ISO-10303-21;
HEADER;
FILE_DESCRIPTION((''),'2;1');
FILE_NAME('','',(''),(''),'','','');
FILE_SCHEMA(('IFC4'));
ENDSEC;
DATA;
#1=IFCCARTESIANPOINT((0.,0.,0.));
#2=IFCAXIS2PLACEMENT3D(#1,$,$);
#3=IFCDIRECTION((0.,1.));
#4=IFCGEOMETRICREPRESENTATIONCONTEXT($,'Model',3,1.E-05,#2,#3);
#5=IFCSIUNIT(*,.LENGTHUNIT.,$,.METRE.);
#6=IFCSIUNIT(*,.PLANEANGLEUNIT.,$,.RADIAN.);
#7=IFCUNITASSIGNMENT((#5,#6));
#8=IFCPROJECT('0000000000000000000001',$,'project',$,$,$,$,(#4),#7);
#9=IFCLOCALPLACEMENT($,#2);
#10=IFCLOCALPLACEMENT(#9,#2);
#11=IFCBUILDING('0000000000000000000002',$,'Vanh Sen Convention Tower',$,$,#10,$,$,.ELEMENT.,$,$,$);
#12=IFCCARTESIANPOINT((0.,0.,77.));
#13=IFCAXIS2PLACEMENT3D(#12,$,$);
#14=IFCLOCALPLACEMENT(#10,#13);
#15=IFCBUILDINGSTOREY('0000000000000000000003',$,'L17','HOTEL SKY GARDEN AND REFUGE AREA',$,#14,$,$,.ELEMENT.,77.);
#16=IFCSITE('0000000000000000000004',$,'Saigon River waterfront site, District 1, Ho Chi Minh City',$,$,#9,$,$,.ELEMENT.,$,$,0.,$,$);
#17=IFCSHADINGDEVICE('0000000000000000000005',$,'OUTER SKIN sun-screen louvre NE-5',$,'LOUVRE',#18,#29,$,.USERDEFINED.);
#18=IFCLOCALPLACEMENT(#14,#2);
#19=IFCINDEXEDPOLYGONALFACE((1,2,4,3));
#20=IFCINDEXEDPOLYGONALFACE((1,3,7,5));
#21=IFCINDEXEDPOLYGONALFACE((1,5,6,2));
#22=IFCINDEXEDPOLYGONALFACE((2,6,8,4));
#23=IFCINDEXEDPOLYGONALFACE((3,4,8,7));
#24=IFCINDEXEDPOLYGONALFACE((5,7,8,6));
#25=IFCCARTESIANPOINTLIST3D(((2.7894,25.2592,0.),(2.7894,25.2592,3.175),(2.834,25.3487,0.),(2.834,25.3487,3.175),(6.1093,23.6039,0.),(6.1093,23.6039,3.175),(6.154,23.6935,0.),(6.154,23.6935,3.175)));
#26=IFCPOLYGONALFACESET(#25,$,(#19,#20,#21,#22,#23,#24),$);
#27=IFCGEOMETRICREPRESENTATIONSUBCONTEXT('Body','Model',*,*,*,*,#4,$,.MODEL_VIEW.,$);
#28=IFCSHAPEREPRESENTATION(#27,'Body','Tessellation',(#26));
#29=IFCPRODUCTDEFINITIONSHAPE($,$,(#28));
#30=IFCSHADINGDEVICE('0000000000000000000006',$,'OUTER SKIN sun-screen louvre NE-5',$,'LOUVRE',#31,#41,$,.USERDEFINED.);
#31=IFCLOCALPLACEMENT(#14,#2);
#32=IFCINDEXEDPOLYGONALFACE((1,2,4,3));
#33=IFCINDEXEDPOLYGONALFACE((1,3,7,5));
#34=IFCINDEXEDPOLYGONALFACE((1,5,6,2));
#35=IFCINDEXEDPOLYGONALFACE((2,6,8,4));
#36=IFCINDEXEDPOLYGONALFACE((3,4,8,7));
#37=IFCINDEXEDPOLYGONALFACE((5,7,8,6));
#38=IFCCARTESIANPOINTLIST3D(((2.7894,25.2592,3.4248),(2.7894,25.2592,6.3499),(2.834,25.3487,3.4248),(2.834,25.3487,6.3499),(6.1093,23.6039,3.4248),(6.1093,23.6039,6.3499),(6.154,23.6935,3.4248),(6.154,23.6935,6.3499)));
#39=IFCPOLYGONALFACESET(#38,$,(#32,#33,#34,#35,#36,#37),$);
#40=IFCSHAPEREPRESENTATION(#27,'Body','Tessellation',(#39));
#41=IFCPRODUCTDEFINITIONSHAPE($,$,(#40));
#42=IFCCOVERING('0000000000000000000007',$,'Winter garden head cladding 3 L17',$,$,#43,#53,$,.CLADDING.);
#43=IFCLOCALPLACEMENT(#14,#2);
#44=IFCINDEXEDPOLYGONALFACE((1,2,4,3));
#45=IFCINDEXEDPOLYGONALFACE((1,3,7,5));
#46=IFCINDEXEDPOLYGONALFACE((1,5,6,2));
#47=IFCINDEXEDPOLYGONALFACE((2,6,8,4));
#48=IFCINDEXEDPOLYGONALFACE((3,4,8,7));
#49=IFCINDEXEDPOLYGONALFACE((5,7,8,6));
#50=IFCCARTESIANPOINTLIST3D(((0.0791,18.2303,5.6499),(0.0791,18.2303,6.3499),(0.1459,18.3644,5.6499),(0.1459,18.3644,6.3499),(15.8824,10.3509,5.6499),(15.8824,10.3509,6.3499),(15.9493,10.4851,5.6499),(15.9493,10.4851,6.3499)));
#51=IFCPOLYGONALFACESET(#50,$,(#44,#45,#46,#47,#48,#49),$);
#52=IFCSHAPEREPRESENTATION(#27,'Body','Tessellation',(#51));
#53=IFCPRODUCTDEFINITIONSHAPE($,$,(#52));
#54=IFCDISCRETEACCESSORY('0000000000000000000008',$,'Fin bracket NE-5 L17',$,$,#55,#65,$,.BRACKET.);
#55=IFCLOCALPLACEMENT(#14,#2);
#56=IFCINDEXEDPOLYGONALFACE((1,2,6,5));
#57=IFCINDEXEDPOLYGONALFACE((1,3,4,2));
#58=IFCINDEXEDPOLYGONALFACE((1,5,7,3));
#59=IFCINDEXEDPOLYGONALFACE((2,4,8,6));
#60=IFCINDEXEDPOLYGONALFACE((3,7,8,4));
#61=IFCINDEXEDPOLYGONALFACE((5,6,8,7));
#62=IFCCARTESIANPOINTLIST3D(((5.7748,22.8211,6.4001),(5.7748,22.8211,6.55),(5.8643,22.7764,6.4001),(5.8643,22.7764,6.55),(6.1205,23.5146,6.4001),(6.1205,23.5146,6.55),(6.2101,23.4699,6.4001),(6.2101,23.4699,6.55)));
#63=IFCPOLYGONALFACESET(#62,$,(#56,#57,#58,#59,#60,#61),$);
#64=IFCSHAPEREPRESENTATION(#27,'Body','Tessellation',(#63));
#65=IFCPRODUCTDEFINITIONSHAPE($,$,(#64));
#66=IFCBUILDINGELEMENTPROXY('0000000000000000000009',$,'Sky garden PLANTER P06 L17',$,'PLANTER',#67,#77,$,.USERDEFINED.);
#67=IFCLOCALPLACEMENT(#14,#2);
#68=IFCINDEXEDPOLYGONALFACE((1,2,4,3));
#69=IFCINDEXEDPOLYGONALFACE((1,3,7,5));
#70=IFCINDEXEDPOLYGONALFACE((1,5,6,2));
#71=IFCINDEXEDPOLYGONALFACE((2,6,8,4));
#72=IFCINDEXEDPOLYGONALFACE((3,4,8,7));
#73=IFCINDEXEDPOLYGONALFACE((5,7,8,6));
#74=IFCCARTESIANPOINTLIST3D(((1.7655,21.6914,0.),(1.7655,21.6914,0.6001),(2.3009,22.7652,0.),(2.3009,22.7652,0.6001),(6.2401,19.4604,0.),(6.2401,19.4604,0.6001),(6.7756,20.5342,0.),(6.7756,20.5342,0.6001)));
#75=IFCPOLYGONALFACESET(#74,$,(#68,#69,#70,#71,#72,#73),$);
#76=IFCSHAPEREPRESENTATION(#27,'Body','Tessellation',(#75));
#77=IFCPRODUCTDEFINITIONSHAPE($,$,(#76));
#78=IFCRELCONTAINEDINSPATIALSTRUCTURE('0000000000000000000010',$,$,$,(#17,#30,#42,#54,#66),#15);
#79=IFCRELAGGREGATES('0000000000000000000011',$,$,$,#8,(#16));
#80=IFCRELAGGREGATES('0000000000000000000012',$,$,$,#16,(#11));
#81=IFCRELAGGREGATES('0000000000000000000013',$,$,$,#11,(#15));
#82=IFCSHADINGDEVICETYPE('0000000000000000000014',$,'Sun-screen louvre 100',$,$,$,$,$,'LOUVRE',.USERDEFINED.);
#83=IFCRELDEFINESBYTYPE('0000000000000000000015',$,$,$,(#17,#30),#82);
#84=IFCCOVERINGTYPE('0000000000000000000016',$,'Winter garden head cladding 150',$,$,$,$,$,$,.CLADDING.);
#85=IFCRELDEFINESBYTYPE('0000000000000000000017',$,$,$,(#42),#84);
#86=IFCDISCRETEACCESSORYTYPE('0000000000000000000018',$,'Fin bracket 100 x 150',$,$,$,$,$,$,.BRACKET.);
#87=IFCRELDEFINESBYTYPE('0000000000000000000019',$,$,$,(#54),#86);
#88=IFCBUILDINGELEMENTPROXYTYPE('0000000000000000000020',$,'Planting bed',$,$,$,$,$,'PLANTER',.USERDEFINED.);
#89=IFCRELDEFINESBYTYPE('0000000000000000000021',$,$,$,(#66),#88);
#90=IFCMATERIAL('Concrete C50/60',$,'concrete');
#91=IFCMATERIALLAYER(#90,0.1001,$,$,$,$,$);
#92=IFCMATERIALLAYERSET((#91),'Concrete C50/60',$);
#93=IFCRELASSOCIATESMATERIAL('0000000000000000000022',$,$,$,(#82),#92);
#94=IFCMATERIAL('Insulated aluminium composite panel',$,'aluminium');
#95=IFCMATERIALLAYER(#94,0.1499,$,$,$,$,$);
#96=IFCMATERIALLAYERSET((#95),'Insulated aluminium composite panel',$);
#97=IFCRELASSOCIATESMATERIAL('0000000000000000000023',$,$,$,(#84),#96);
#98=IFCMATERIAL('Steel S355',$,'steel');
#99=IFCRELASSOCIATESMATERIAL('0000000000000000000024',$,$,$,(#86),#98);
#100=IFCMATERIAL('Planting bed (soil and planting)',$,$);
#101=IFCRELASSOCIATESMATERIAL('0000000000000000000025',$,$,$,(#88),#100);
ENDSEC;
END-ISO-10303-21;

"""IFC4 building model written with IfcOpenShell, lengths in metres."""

from ifc_helpers import new_model, si_unit, direction, frame, origin, origin_2d, place, context, subcontext, project, spatial, rectangle, extrude, material, layer, layer_set, type_object, element, save


model = new_model("IFC4")

# Units and contexts
model_context = context("Model", 3, precision=1e-05, world=origin(), true_north=direction((0.0, 1.0)))
body_context = subcontext(model_context, "Body", "Model", "MODEL_VIEW")
ifc_project = project(units=[si_unit("LENGTHUNIT", "METRE"), si_unit("PLANEANGLEUNIT", "RADIAN")], contexts=[model_context])

# Site, building, storey
site_placement = place(None, origin())
site = spatial("IfcSite", under=ifc_project, at=site_placement, Name="Saigon River waterfront site, District 1, Ho Chi Minh City", CompositionType="ELEMENT", RefElevation=0.0)
building_placement = place(site_placement, origin())
building = spatial("IfcBuilding", under=site, at=building_placement, Name="Vanh Sen Convention Tower", CompositionType="ELEMENT")
storey_placement = place(building_placement, frame((0.0, 0.0, 77.0)))
storey = spatial("IfcBuildingStorey", under=building, at=storey_placement, Name="L17", Description="HOTEL SKY GARDEN AND REFUGE AREA", CompositionType="ELEMENT", Elevation=77.0)

# Shading devices
ifc_material_1 = material(Name="Concrete C50/60", Category="concrete")
ifc_layer_1 = layer(ifc_material_1, 0.1001)
ifc_layer_set_1 = layer_set([ifc_layer_1], Name="Concrete C50/60")
shading_device_type = type_object("IfcShadingDeviceType", Name="Sun-screen louvre 100", ElementType="LOUVRE", PredefinedType="USERDEFINED", material=ifc_layer_set_1)
shading_device_1_placement = place(storey_placement, frame((4.4717, 24.4763, 0.0), z_axis=(0.0, 0.0, 1.0), x_axis=(-0.894935, 0.446196, 0.0)))
element("IfcShadingDevice", 1, at=shading_device_1_placement, inside=storey, type_object=shading_device_type, Name="OUTER SKIN sun-screen louvre NE-5", ObjectType="LOUVRE", PredefinedType="USERDEFINED", context=body_context, shape_type="SweptSolid", body=[
    extrude(rectangle(XDim=3.7097, YDim=0.1001, at=origin_2d()), origin(), (0.0, 0.0, 1.0), 3.175),
])
shading_device_2_placement = place(storey_placement, frame((4.4717, 24.4763, 3.4248), z_axis=(0.0, 0.0, 1.0), x_axis=(-0.894935, 0.446196, 0.0)))
element("IfcShadingDevice", 2, at=shading_device_2_placement, inside=storey, type_object=shading_device_type, Name="OUTER SKIN sun-screen louvre NE-5", ObjectType="LOUVRE", PredefinedType="USERDEFINED", context=body_context, shape_type="SweptSolid", body=[
    extrude(rectangle(XDim=3.7097, YDim=0.1001, at=origin_2d()), origin(), (0.0, 0.0, 1.0), 2.925),
])

# Covering
ifc_material_2 = material(Name="Insulated aluminium composite panel", Category="aluminium")
ifc_layer_2 = layer(ifc_material_2, 0.1499)
ifc_layer_set_2 = layer_set([ifc_layer_2], Name="Insulated aluminium composite panel")
covering_type = type_object("IfcCoveringType", Name="Winter garden head cladding 150", PredefinedType="CLADDING", material=ifc_layer_set_2)
covering_placement = place(storey_placement, frame((8.0142, 14.3577, 5.6499), z_axis=(0.0, 0.0, 1.0), x_axis=(0.894931, -0.446204, 0.0)))
element("IfcCovering", 3, at=covering_placement, inside=storey, type_object=covering_type, Name="Winter garden head cladding 3 L17", PredefinedType="CLADDING", context=body_context, shape_type="SweptSolid", body=[
    extrude(rectangle(XDim=17.6587, YDim=0.1499, at=origin_2d()), origin(), (0.0, 0.0, 1.0), 0.7),
])

# Discrete accessory
ifc_material_3 = material(Name="Steel S355", Category="steel")
discrete_accessory_type = type_object("IfcDiscreteAccessoryType", Name="Fin bracket 100 x 150", PredefinedType="BRACKET", material=ifc_material_3)
discrete_accessory_placement = place(storey_placement, frame((5.9924, 23.1455, 6.4001), z_axis=(0.0, 0.0, 1.0), x_axis=(0.446198, 0.894934, 0.0)))
element("IfcDiscreteAccessory", 4, at=discrete_accessory_placement, inside=storey, type_object=discrete_accessory_type, Name="Fin bracket NE-5 L17", PredefinedType="BRACKET", context=body_context, shape_type="SweptSolid", body=[
    extrude(rectangle(XDim=0.7749, YDim=0.1001, at=origin_2d()), origin(), (0.0, 0.0, 1.0), 0.1499),
])

# Building element proxy
ifc_material_4 = material(Name="Planting bed (soil and planting)")
building_element_proxy_type = type_object("IfcBuildingElementProxyType", Name="Planting bed", ElementType="PLANTER", PredefinedType="USERDEFINED", material=ifc_material_4)
proxy_placement = place(storey_placement, frame((4.2705, 21.1128, 0.0), z_axis=(0.0, 0.0, 1.0), x_axis=(-0.894934, 0.446199, 0.0)))
element("IfcBuildingElementProxy", 5, at=proxy_placement, inside=storey, type_object=building_element_proxy_type, Name="Sky garden PLANTER P06 L17", ObjectType="PLANTER", PredefinedType="USERDEFINED", context=body_context, shape_type="SweptSolid", body=[
    extrude(rectangle(XDim=5.0, YDim=1.2, at=origin_2d()), origin(), (0.0, 0.0, 1.0), 0.6001),
])

save(model, "model.ifc")
